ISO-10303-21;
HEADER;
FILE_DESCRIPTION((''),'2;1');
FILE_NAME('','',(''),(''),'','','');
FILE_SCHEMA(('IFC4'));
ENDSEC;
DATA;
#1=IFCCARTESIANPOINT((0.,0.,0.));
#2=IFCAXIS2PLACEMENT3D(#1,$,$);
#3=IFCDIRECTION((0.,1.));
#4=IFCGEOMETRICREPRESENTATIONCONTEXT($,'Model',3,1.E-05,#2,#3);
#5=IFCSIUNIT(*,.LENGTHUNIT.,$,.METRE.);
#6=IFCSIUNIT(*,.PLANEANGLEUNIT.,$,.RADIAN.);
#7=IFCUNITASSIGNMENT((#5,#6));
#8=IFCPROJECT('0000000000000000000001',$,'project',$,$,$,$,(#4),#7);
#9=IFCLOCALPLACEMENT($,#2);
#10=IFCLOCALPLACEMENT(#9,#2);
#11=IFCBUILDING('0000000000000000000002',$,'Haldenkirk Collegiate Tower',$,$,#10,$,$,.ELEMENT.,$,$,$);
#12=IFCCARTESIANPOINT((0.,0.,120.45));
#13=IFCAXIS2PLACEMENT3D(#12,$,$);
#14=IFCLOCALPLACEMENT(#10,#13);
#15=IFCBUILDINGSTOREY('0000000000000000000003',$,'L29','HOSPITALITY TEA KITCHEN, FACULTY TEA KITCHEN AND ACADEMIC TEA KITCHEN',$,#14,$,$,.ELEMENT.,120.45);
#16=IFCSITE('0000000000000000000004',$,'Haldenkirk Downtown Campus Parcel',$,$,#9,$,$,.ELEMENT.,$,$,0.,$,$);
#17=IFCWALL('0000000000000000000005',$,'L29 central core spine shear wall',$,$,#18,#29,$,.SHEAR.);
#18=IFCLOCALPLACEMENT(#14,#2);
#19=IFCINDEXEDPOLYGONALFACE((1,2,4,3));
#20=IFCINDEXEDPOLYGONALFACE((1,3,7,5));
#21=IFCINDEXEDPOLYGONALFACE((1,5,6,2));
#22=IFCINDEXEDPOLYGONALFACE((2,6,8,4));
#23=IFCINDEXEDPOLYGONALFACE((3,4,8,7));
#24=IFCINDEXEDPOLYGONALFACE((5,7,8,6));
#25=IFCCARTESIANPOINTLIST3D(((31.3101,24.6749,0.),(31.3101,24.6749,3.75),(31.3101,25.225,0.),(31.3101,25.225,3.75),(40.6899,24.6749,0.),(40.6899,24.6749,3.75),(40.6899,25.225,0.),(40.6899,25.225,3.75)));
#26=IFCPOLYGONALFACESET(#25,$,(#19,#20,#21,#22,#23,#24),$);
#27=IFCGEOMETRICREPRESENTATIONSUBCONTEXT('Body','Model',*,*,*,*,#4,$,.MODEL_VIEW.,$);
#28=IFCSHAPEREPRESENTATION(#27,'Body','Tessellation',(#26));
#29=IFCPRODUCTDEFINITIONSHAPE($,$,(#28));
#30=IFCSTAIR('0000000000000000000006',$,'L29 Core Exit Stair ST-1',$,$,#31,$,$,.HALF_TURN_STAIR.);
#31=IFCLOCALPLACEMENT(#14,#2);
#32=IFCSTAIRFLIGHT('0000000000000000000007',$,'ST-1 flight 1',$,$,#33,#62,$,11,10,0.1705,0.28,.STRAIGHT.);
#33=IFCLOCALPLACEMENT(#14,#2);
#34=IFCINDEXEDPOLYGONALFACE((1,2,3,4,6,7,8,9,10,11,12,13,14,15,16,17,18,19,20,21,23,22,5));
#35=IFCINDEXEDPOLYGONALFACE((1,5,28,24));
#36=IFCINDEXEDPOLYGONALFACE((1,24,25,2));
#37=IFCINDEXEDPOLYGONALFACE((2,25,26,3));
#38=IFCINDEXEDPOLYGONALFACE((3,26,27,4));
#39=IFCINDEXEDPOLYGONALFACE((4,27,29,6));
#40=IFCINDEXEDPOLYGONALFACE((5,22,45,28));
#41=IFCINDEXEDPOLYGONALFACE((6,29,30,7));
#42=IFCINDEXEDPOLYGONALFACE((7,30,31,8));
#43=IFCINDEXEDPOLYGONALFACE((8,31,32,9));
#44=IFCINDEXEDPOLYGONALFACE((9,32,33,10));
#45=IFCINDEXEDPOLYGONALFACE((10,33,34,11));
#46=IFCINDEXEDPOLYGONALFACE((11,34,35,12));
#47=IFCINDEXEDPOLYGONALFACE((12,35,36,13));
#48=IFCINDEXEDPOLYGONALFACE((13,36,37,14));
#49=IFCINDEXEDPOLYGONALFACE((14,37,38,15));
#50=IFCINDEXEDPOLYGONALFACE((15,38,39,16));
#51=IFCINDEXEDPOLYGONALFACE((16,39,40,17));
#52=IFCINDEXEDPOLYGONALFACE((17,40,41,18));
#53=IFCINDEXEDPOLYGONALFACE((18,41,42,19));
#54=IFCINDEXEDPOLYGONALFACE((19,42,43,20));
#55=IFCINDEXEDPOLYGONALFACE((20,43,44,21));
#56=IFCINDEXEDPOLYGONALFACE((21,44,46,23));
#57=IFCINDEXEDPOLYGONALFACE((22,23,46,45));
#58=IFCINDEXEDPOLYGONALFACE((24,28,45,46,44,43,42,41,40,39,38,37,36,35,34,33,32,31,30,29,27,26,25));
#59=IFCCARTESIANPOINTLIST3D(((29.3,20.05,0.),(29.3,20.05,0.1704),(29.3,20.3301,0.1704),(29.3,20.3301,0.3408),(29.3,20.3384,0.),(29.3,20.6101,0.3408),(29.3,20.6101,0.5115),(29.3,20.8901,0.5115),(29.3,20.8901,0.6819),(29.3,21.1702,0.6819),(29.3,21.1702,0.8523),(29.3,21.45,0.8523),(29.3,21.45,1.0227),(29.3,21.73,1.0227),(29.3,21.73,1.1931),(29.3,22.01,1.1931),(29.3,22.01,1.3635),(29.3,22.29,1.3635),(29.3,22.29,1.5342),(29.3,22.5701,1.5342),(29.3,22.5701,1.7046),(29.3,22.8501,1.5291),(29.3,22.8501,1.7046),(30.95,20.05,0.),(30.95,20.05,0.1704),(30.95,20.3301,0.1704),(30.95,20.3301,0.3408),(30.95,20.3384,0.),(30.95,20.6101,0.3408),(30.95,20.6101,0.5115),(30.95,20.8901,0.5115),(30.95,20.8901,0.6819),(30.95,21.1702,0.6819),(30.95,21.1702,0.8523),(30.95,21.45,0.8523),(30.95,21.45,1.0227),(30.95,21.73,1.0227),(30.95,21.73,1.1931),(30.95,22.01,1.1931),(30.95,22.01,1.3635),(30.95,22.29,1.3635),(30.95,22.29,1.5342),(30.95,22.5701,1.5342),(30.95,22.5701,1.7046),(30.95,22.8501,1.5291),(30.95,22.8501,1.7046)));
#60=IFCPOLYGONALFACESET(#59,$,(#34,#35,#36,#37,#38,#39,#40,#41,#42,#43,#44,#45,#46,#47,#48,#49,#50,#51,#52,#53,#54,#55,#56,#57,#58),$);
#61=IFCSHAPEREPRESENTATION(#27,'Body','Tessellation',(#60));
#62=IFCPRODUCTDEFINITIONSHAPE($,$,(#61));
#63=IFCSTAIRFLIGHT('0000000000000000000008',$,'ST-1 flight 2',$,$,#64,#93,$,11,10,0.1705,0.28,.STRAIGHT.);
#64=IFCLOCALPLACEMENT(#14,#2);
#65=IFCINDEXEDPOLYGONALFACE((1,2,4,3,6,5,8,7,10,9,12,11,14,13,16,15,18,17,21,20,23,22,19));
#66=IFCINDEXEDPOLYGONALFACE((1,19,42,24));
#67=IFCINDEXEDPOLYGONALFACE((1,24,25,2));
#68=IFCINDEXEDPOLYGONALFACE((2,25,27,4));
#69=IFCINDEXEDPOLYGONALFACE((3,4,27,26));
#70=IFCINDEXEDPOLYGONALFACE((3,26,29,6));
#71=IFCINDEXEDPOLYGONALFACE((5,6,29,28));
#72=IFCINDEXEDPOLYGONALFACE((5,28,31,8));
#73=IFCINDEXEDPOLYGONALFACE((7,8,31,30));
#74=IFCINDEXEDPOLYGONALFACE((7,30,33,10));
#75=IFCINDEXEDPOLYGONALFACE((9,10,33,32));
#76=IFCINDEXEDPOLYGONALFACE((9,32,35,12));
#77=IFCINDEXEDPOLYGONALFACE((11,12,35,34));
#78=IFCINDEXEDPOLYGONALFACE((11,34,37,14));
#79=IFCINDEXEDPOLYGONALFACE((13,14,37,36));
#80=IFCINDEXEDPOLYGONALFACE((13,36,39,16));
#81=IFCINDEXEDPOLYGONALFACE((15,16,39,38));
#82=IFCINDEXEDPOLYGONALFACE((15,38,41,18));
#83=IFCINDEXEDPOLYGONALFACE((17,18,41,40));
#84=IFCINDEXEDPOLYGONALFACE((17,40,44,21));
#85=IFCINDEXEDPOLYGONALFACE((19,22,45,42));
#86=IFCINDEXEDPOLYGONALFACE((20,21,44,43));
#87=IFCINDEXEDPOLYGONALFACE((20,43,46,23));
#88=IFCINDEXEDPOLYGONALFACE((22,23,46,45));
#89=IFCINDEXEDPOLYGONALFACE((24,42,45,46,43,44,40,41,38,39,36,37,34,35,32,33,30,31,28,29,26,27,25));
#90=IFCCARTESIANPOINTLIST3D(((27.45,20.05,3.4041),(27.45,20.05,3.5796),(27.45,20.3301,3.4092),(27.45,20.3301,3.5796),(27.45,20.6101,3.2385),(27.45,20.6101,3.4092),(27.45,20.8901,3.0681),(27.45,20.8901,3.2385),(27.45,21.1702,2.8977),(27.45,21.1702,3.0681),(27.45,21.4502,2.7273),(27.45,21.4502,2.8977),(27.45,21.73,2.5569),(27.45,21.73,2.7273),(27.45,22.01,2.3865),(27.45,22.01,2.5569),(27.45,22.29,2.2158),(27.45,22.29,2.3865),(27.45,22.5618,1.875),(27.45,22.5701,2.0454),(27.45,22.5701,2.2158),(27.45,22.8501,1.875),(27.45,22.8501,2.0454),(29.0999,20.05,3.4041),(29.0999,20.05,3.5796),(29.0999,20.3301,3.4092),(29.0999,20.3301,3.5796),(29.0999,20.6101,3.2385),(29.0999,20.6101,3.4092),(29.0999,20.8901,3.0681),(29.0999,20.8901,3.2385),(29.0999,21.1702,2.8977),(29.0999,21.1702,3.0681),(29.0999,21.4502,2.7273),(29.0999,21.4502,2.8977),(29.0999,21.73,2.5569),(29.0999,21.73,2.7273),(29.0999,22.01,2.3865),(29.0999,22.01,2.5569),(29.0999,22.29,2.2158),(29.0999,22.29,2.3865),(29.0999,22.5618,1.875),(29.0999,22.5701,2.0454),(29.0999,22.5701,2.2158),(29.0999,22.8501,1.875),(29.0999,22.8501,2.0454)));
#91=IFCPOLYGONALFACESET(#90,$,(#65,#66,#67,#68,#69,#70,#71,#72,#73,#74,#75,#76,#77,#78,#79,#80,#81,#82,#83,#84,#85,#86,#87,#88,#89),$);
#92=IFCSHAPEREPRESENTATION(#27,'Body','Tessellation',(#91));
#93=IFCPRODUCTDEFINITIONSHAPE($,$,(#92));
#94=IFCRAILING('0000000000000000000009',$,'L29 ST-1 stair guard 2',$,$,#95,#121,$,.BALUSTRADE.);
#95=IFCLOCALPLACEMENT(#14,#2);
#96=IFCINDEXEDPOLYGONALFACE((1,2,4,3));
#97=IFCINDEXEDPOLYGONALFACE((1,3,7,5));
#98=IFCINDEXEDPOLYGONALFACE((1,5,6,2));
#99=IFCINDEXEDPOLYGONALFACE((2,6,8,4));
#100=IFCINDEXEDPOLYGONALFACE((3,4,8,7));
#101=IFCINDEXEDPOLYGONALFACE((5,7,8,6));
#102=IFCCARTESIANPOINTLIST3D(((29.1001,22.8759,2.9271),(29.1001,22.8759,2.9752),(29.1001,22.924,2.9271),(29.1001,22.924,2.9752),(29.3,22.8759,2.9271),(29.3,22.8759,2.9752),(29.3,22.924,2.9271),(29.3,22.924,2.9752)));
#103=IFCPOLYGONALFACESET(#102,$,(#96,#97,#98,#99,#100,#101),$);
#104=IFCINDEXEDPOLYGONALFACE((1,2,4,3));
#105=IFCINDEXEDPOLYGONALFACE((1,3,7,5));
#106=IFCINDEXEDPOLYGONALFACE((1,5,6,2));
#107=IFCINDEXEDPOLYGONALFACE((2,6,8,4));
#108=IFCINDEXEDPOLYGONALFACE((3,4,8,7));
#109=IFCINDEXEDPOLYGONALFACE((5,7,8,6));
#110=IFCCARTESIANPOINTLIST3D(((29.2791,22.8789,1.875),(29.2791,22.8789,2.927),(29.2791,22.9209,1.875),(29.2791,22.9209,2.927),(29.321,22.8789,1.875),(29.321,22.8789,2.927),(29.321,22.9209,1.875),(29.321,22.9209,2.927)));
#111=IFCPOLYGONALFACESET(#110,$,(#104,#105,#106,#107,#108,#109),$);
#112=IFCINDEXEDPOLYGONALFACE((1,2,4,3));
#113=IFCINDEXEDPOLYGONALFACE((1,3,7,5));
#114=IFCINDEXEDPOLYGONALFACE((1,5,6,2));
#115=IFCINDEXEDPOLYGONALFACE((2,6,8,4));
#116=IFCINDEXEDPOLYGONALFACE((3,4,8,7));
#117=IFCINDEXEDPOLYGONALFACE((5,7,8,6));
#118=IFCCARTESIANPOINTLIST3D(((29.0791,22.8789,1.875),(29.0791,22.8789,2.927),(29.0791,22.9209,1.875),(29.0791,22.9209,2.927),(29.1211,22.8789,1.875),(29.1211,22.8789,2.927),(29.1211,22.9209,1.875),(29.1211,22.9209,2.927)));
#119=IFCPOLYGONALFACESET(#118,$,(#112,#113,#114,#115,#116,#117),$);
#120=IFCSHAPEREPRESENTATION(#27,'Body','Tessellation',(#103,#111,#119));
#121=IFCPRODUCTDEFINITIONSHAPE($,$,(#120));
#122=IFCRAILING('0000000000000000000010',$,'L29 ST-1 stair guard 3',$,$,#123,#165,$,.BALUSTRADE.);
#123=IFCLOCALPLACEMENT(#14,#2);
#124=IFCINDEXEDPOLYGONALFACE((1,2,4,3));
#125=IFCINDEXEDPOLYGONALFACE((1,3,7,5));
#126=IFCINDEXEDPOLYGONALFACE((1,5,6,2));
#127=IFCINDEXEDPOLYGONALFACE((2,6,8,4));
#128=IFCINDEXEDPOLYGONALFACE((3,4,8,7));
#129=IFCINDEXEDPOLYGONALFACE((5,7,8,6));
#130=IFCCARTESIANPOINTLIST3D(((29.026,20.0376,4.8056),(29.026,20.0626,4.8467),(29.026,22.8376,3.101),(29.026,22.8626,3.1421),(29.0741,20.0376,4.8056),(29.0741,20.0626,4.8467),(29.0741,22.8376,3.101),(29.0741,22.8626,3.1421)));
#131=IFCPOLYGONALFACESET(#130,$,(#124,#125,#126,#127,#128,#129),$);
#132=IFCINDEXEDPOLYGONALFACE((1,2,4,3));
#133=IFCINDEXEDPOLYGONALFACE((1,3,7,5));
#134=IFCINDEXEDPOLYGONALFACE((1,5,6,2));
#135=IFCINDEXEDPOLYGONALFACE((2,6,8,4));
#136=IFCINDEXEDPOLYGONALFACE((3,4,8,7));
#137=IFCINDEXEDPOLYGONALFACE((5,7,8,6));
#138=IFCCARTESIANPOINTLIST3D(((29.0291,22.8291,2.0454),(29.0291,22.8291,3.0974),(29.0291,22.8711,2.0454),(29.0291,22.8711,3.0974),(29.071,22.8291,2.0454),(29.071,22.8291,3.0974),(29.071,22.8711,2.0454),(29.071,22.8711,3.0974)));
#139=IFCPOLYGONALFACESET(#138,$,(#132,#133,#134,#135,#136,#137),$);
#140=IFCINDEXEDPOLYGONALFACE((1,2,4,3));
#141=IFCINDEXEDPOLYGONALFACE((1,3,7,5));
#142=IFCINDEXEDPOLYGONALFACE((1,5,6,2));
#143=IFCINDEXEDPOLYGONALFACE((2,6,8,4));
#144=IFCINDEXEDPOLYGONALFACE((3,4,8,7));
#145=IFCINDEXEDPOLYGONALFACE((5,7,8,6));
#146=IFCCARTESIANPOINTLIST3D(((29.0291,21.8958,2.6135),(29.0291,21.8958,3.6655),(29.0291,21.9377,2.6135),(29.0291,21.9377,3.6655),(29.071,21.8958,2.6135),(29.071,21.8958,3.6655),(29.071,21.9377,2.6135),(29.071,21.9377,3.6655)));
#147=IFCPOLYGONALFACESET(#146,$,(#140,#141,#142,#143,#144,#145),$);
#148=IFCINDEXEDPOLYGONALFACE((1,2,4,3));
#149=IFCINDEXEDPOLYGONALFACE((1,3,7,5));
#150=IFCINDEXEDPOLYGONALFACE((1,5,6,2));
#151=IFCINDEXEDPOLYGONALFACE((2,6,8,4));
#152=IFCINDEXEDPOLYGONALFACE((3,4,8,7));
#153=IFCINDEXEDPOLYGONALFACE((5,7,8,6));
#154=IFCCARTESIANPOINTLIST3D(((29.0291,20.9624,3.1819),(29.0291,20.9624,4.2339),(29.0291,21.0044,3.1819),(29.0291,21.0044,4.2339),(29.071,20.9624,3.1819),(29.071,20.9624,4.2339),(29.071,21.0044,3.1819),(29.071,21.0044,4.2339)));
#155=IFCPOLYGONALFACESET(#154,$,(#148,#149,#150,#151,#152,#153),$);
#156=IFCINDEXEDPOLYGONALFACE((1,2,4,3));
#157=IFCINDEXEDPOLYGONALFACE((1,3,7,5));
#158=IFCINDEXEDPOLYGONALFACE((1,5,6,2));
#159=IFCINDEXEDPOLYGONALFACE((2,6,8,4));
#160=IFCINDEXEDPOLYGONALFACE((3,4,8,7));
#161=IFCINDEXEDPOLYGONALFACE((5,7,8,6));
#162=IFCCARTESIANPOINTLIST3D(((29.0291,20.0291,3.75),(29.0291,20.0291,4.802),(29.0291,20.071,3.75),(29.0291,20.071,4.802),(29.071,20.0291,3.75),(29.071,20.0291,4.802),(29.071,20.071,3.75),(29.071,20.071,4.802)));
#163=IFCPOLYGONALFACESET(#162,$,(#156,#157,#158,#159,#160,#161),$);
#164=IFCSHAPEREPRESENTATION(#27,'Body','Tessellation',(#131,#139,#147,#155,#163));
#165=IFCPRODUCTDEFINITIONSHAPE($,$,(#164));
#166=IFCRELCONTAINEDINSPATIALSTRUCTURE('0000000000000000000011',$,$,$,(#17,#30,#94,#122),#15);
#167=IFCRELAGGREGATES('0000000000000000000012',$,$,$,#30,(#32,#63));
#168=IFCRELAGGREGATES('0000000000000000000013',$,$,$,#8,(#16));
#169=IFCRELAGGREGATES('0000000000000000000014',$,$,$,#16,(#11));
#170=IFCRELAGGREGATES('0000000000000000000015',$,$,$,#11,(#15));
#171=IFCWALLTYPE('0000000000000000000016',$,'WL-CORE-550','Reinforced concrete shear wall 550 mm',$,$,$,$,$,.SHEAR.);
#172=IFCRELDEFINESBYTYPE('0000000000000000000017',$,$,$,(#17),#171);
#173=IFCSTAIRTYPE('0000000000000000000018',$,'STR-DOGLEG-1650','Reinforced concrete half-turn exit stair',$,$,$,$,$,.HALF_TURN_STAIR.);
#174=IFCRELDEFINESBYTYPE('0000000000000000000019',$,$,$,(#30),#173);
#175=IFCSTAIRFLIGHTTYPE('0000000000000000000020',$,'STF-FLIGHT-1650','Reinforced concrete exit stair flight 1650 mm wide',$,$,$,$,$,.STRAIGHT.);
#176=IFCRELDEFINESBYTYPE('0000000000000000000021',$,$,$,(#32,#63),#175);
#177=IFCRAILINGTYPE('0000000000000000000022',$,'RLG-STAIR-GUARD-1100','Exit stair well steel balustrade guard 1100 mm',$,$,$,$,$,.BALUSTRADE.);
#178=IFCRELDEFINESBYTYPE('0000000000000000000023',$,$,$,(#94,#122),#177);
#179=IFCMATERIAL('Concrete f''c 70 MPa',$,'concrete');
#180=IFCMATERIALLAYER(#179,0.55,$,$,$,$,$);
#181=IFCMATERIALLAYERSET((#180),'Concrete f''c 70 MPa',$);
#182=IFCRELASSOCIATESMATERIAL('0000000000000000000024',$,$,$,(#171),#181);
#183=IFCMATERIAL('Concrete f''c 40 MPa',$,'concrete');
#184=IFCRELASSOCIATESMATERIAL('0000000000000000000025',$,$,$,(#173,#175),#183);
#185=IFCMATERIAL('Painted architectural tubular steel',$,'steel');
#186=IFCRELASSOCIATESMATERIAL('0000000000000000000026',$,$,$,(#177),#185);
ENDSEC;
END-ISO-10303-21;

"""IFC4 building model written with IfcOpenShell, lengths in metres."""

from ifc_helpers import new_model, si_unit, direction, frame, frame_2d, origin, origin_2d, place, context, subcontext, project, spatial, polyline, rectangle, outline, extrude, material, layer, layer_set, type_object, element, aggregate, save


model = new_model("IFC4")

# Units and contexts
model_context = context("Model", 3, precision=1e-05, world=origin(), true_north=direction((0.0, 1.0)))
body_context = subcontext(model_context, "Body", "Model", "MODEL_VIEW")
ifc_project = project(units=[si_unit("LENGTHUNIT", "METRE"), si_unit("PLANEANGLEUNIT", "RADIAN")], contexts=[model_context])

# Site, building, storey
site_placement = place(None, origin())
site = spatial("IfcSite", under=ifc_project, at=site_placement, Name="Haldenkirk Downtown Campus Parcel", CompositionType="ELEMENT", RefElevation=0.0)
building_placement = place(site_placement, origin())
building = spatial("IfcBuilding", under=site, at=building_placement, Name="Haldenkirk Collegiate Tower", CompositionType="ELEMENT")
storey_placement = place(building_placement, frame((0.0, 0.0, 120.45)))
storey = spatial("IfcBuildingStorey", under=building, at=storey_placement, Name="L29", Description="HOSPITALITY TEA KITCHEN, FACULTY TEA KITCHEN AND ACADEMIC TEA KITCHEN", CompositionType="ELEMENT", Elevation=120.45)

# Wall
ifc_material_1 = material(Name="Concrete f'c 70 MPa", Category="concrete")
ifc_layer_1 = layer(ifc_material_1, 0.55)
ifc_layer_set_1 = layer_set([ifc_layer_1], Name="Concrete f'c 70 MPa")
wall_type_1 = type_object("IfcWallType", Name="WL-CORE-550", Description="Reinforced concrete shear wall 550 mm", PredefinedType="SHEAR", material=ifc_layer_set_1)
wall_1_placement = place(storey_placement, frame((31.3101, 24.95, 0.0), z_axis=(0.0, 0.0, 1.0), x_axis=(1.0, 0.0, 0.0)))
element("IfcWall", 1, at=wall_1_placement, inside=storey, type_object=wall_type_1, Name="L29 central core spine shear wall", PredefinedType="SHEAR", context=body_context, shape_type="SweptSolid", body=[
    extrude(rectangle(XDim=9.3799, YDim=0.55, at=frame_2d((4.6899, 0.0))), origin(), (0.0, 0.0, 1.0), 3.75),
])

# Stair, stair flights
ifc_material_2 = material(Name="Concrete f'c 40 MPa", Category="concrete")
stair_type = type_object("IfcStairType", Name="STR-DOGLEG-1650", Description="Reinforced concrete half-turn exit stair", PredefinedType="HALF_TURN_STAIR", material=ifc_material_2)
stair_placement = place(storey_placement, origin())
stair = element("IfcStair", 2, at=stair_placement, inside=storey, type_object=stair_type, Name="L29 Core Exit Stair ST-1", PredefinedType="HALF_TURN_STAIR")
stair_flight_type = type_object("IfcStairFlightType", Name="STF-FLIGHT-1650", Description="Reinforced concrete exit stair flight 1650 mm wide", PredefinedType="STRAIGHT", material=ifc_material_2)
stair_flight_1_placement = place(storey_placement, frame((30.125, 20.05, 0.0), z_axis=(0.0, 0.0, 1.0), x_axis=(0.0, 1.0, 0.0)))
stair_flight_1 = element("IfcStairFlight", 3, at=stair_flight_1_placement, type_object=stair_flight_type, Name="ST-1 flight 1", NumberOfRisers=11, NumberOfTreads=10, PredefinedType="STRAIGHT", RiserHeight=0.1705, TreadLength=0.28, context=body_context, shape_type="SweptSolid", body=[
    extrude(outline(polyline([(0.0, 0.0), (0.0, 0.1704), (0.28, 0.1704), (0.28, 0.3408), (0.5601, 0.3408), (0.5601, 0.5115), (0.8401, 0.5115), (0.8401, 0.6819), (1.1201, 0.6819), (1.1201, 0.8523), (1.3999, 0.8523), (1.3999, 1.0227), (1.6799, 1.0227), (1.6799, 1.1931), (1.96, 1.1931), (1.96, 1.3635), (2.24, 1.3635), (2.24, 1.5342), (2.52, 1.5342), (2.52, 1.7046), (2.8, 1.7046), (2.8, 1.875), (2.8, 1.5291), (0.2883, 0.0), (0.0, 0.0)])), frame((0.0, 0.825, 0.0), z_axis=(0.0, -1.0, 0.0), x_axis=(1.0, 0.0, 0.0)), (0.0, 0.0, 1.0), 1.6499),
])
stair_flight_2_placement = place(storey_placement, frame((28.2749, 22.8501, 1.875), z_axis=(0.0, 0.0, 1.0), x_axis=(0.0, -1.0, 0.0)))
stair_flight_2 = element("IfcStairFlight", 4, at=stair_flight_2_placement, type_object=stair_flight_type, Name="ST-1 flight 2", NumberOfRisers=11, NumberOfTreads=10, PredefinedType="STRAIGHT", RiserHeight=0.1705, TreadLength=0.28, context=body_context, shape_type="SweptSolid", body=[
    extrude(outline(polyline([(0.0, 0.0), (0.0, 0.1704), (0.28, 0.1704), (0.28, 0.3408), (0.5601, 0.3408), (0.5601, 0.5115), (0.8401, 0.5115), (0.8401, 0.6819), (1.1201, 0.6819), (1.1201, 0.8523), (1.3999, 0.8523), (1.3999, 1.0227), (1.6799, 1.0227), (1.6799, 1.1931), (1.96, 1.1931), (1.96, 1.3635), (2.24, 1.3635), (2.24, 1.5342), (2.52, 1.5342), (2.52, 1.7046), (2.8, 1.7046), (2.8, 1.875), (2.8, 1.5291), (0.2883, 0.0), (0.0, 0.0)])), frame((0.0, 0.825, 0.0), z_axis=(0.0, -1.0, 0.0), x_axis=(1.0, 0.0, 0.0)), (0.0, 0.0, 1.0), 1.6499),
])
aggregate(stair, [stair_flight_1, stair_flight_2])

# Railings
ifc_material_3 = material(Name="Painted architectural tubular steel", Category="steel")
railing_type_1 = type_object("IfcRailingType", Name="RLG-STAIR-GUARD-1100", Description="Exit stair well steel balustrade guard 1100 mm", PredefinedType="BALUSTRADE", material=ifc_material_3)
railing_1_placement = place(storey_placement, frame((29.3, 22.8999, 1.875)))
element("IfcRailing", 5, at=railing_1_placement, inside=storey, type_object=railing_type_1, Name="L29 ST-1 stair guard 2", PredefinedType="BALUSTRADE", context=body_context, shape_type="SweptSolid", body=[
    extrude(rectangle(XDim=0.0481, YDim=0.0481, at=origin_2d()), frame((0.0, 0.0, 1.0762), z_axis=(-1.0, 0.0, 0.0), x_axis=(0.0, -1.0, 0.0)), (0.0, 0.0, 1.0), 0.2),
    extrude(rectangle(XDim=0.042, YDim=0.042, at=origin_2d()), origin(), (0.0, 0.0, 1.0), 1.052),
    extrude(rectangle(XDim=0.042, YDim=0.042, at=origin_2d()), frame((-0.2, 0.0, 0.0)), (0.0, 0.0, 1.0), 1.052),
])
railing_2_placement = place(storey_placement, frame((29.05, 22.8501, 2.0454)))
element("IfcRailing", 6, at=railing_2_placement, inside=storey, type_object=railing_type_1, Name="L29 ST-1 stair guard 3", PredefinedType="BALUSTRADE", context=body_context, shape_type="SweptSolid", body=[
    extrude(rectangle(XDim=0.0481, YDim=0.0481, at=origin_2d()), frame((0.0, 0.0, 1.0762), z_axis=(0.0, -0.85417, 0.519994), x_axis=(1.0, 0.0, 0.0)), (0.0, 0.0, 1.0), 3.2781),
    extrude(rectangle(XDim=0.042, YDim=0.042, at=origin_2d()), origin(), (0.0, 0.0, 1.0), 1.052),
    extrude(rectangle(XDim=0.042, YDim=0.042, at=origin_2d()), frame((0.0, -0.9333, 0.5681)), (0.0, 0.0, 1.0), 1.052),
    extrude(rectangle(XDim=0.042, YDim=0.042, at=origin_2d()), frame((0.0, -1.8667, 1.1365)), (0.0, 0.0, 1.0), 1.052),
    extrude(rectangle(XDim=0.042, YDim=0.042, at=origin_2d()), frame((0.0, -2.8, 1.7046)), (0.0, 0.0, 1.0), 1.052),
])

save(model, "model.ifc")
